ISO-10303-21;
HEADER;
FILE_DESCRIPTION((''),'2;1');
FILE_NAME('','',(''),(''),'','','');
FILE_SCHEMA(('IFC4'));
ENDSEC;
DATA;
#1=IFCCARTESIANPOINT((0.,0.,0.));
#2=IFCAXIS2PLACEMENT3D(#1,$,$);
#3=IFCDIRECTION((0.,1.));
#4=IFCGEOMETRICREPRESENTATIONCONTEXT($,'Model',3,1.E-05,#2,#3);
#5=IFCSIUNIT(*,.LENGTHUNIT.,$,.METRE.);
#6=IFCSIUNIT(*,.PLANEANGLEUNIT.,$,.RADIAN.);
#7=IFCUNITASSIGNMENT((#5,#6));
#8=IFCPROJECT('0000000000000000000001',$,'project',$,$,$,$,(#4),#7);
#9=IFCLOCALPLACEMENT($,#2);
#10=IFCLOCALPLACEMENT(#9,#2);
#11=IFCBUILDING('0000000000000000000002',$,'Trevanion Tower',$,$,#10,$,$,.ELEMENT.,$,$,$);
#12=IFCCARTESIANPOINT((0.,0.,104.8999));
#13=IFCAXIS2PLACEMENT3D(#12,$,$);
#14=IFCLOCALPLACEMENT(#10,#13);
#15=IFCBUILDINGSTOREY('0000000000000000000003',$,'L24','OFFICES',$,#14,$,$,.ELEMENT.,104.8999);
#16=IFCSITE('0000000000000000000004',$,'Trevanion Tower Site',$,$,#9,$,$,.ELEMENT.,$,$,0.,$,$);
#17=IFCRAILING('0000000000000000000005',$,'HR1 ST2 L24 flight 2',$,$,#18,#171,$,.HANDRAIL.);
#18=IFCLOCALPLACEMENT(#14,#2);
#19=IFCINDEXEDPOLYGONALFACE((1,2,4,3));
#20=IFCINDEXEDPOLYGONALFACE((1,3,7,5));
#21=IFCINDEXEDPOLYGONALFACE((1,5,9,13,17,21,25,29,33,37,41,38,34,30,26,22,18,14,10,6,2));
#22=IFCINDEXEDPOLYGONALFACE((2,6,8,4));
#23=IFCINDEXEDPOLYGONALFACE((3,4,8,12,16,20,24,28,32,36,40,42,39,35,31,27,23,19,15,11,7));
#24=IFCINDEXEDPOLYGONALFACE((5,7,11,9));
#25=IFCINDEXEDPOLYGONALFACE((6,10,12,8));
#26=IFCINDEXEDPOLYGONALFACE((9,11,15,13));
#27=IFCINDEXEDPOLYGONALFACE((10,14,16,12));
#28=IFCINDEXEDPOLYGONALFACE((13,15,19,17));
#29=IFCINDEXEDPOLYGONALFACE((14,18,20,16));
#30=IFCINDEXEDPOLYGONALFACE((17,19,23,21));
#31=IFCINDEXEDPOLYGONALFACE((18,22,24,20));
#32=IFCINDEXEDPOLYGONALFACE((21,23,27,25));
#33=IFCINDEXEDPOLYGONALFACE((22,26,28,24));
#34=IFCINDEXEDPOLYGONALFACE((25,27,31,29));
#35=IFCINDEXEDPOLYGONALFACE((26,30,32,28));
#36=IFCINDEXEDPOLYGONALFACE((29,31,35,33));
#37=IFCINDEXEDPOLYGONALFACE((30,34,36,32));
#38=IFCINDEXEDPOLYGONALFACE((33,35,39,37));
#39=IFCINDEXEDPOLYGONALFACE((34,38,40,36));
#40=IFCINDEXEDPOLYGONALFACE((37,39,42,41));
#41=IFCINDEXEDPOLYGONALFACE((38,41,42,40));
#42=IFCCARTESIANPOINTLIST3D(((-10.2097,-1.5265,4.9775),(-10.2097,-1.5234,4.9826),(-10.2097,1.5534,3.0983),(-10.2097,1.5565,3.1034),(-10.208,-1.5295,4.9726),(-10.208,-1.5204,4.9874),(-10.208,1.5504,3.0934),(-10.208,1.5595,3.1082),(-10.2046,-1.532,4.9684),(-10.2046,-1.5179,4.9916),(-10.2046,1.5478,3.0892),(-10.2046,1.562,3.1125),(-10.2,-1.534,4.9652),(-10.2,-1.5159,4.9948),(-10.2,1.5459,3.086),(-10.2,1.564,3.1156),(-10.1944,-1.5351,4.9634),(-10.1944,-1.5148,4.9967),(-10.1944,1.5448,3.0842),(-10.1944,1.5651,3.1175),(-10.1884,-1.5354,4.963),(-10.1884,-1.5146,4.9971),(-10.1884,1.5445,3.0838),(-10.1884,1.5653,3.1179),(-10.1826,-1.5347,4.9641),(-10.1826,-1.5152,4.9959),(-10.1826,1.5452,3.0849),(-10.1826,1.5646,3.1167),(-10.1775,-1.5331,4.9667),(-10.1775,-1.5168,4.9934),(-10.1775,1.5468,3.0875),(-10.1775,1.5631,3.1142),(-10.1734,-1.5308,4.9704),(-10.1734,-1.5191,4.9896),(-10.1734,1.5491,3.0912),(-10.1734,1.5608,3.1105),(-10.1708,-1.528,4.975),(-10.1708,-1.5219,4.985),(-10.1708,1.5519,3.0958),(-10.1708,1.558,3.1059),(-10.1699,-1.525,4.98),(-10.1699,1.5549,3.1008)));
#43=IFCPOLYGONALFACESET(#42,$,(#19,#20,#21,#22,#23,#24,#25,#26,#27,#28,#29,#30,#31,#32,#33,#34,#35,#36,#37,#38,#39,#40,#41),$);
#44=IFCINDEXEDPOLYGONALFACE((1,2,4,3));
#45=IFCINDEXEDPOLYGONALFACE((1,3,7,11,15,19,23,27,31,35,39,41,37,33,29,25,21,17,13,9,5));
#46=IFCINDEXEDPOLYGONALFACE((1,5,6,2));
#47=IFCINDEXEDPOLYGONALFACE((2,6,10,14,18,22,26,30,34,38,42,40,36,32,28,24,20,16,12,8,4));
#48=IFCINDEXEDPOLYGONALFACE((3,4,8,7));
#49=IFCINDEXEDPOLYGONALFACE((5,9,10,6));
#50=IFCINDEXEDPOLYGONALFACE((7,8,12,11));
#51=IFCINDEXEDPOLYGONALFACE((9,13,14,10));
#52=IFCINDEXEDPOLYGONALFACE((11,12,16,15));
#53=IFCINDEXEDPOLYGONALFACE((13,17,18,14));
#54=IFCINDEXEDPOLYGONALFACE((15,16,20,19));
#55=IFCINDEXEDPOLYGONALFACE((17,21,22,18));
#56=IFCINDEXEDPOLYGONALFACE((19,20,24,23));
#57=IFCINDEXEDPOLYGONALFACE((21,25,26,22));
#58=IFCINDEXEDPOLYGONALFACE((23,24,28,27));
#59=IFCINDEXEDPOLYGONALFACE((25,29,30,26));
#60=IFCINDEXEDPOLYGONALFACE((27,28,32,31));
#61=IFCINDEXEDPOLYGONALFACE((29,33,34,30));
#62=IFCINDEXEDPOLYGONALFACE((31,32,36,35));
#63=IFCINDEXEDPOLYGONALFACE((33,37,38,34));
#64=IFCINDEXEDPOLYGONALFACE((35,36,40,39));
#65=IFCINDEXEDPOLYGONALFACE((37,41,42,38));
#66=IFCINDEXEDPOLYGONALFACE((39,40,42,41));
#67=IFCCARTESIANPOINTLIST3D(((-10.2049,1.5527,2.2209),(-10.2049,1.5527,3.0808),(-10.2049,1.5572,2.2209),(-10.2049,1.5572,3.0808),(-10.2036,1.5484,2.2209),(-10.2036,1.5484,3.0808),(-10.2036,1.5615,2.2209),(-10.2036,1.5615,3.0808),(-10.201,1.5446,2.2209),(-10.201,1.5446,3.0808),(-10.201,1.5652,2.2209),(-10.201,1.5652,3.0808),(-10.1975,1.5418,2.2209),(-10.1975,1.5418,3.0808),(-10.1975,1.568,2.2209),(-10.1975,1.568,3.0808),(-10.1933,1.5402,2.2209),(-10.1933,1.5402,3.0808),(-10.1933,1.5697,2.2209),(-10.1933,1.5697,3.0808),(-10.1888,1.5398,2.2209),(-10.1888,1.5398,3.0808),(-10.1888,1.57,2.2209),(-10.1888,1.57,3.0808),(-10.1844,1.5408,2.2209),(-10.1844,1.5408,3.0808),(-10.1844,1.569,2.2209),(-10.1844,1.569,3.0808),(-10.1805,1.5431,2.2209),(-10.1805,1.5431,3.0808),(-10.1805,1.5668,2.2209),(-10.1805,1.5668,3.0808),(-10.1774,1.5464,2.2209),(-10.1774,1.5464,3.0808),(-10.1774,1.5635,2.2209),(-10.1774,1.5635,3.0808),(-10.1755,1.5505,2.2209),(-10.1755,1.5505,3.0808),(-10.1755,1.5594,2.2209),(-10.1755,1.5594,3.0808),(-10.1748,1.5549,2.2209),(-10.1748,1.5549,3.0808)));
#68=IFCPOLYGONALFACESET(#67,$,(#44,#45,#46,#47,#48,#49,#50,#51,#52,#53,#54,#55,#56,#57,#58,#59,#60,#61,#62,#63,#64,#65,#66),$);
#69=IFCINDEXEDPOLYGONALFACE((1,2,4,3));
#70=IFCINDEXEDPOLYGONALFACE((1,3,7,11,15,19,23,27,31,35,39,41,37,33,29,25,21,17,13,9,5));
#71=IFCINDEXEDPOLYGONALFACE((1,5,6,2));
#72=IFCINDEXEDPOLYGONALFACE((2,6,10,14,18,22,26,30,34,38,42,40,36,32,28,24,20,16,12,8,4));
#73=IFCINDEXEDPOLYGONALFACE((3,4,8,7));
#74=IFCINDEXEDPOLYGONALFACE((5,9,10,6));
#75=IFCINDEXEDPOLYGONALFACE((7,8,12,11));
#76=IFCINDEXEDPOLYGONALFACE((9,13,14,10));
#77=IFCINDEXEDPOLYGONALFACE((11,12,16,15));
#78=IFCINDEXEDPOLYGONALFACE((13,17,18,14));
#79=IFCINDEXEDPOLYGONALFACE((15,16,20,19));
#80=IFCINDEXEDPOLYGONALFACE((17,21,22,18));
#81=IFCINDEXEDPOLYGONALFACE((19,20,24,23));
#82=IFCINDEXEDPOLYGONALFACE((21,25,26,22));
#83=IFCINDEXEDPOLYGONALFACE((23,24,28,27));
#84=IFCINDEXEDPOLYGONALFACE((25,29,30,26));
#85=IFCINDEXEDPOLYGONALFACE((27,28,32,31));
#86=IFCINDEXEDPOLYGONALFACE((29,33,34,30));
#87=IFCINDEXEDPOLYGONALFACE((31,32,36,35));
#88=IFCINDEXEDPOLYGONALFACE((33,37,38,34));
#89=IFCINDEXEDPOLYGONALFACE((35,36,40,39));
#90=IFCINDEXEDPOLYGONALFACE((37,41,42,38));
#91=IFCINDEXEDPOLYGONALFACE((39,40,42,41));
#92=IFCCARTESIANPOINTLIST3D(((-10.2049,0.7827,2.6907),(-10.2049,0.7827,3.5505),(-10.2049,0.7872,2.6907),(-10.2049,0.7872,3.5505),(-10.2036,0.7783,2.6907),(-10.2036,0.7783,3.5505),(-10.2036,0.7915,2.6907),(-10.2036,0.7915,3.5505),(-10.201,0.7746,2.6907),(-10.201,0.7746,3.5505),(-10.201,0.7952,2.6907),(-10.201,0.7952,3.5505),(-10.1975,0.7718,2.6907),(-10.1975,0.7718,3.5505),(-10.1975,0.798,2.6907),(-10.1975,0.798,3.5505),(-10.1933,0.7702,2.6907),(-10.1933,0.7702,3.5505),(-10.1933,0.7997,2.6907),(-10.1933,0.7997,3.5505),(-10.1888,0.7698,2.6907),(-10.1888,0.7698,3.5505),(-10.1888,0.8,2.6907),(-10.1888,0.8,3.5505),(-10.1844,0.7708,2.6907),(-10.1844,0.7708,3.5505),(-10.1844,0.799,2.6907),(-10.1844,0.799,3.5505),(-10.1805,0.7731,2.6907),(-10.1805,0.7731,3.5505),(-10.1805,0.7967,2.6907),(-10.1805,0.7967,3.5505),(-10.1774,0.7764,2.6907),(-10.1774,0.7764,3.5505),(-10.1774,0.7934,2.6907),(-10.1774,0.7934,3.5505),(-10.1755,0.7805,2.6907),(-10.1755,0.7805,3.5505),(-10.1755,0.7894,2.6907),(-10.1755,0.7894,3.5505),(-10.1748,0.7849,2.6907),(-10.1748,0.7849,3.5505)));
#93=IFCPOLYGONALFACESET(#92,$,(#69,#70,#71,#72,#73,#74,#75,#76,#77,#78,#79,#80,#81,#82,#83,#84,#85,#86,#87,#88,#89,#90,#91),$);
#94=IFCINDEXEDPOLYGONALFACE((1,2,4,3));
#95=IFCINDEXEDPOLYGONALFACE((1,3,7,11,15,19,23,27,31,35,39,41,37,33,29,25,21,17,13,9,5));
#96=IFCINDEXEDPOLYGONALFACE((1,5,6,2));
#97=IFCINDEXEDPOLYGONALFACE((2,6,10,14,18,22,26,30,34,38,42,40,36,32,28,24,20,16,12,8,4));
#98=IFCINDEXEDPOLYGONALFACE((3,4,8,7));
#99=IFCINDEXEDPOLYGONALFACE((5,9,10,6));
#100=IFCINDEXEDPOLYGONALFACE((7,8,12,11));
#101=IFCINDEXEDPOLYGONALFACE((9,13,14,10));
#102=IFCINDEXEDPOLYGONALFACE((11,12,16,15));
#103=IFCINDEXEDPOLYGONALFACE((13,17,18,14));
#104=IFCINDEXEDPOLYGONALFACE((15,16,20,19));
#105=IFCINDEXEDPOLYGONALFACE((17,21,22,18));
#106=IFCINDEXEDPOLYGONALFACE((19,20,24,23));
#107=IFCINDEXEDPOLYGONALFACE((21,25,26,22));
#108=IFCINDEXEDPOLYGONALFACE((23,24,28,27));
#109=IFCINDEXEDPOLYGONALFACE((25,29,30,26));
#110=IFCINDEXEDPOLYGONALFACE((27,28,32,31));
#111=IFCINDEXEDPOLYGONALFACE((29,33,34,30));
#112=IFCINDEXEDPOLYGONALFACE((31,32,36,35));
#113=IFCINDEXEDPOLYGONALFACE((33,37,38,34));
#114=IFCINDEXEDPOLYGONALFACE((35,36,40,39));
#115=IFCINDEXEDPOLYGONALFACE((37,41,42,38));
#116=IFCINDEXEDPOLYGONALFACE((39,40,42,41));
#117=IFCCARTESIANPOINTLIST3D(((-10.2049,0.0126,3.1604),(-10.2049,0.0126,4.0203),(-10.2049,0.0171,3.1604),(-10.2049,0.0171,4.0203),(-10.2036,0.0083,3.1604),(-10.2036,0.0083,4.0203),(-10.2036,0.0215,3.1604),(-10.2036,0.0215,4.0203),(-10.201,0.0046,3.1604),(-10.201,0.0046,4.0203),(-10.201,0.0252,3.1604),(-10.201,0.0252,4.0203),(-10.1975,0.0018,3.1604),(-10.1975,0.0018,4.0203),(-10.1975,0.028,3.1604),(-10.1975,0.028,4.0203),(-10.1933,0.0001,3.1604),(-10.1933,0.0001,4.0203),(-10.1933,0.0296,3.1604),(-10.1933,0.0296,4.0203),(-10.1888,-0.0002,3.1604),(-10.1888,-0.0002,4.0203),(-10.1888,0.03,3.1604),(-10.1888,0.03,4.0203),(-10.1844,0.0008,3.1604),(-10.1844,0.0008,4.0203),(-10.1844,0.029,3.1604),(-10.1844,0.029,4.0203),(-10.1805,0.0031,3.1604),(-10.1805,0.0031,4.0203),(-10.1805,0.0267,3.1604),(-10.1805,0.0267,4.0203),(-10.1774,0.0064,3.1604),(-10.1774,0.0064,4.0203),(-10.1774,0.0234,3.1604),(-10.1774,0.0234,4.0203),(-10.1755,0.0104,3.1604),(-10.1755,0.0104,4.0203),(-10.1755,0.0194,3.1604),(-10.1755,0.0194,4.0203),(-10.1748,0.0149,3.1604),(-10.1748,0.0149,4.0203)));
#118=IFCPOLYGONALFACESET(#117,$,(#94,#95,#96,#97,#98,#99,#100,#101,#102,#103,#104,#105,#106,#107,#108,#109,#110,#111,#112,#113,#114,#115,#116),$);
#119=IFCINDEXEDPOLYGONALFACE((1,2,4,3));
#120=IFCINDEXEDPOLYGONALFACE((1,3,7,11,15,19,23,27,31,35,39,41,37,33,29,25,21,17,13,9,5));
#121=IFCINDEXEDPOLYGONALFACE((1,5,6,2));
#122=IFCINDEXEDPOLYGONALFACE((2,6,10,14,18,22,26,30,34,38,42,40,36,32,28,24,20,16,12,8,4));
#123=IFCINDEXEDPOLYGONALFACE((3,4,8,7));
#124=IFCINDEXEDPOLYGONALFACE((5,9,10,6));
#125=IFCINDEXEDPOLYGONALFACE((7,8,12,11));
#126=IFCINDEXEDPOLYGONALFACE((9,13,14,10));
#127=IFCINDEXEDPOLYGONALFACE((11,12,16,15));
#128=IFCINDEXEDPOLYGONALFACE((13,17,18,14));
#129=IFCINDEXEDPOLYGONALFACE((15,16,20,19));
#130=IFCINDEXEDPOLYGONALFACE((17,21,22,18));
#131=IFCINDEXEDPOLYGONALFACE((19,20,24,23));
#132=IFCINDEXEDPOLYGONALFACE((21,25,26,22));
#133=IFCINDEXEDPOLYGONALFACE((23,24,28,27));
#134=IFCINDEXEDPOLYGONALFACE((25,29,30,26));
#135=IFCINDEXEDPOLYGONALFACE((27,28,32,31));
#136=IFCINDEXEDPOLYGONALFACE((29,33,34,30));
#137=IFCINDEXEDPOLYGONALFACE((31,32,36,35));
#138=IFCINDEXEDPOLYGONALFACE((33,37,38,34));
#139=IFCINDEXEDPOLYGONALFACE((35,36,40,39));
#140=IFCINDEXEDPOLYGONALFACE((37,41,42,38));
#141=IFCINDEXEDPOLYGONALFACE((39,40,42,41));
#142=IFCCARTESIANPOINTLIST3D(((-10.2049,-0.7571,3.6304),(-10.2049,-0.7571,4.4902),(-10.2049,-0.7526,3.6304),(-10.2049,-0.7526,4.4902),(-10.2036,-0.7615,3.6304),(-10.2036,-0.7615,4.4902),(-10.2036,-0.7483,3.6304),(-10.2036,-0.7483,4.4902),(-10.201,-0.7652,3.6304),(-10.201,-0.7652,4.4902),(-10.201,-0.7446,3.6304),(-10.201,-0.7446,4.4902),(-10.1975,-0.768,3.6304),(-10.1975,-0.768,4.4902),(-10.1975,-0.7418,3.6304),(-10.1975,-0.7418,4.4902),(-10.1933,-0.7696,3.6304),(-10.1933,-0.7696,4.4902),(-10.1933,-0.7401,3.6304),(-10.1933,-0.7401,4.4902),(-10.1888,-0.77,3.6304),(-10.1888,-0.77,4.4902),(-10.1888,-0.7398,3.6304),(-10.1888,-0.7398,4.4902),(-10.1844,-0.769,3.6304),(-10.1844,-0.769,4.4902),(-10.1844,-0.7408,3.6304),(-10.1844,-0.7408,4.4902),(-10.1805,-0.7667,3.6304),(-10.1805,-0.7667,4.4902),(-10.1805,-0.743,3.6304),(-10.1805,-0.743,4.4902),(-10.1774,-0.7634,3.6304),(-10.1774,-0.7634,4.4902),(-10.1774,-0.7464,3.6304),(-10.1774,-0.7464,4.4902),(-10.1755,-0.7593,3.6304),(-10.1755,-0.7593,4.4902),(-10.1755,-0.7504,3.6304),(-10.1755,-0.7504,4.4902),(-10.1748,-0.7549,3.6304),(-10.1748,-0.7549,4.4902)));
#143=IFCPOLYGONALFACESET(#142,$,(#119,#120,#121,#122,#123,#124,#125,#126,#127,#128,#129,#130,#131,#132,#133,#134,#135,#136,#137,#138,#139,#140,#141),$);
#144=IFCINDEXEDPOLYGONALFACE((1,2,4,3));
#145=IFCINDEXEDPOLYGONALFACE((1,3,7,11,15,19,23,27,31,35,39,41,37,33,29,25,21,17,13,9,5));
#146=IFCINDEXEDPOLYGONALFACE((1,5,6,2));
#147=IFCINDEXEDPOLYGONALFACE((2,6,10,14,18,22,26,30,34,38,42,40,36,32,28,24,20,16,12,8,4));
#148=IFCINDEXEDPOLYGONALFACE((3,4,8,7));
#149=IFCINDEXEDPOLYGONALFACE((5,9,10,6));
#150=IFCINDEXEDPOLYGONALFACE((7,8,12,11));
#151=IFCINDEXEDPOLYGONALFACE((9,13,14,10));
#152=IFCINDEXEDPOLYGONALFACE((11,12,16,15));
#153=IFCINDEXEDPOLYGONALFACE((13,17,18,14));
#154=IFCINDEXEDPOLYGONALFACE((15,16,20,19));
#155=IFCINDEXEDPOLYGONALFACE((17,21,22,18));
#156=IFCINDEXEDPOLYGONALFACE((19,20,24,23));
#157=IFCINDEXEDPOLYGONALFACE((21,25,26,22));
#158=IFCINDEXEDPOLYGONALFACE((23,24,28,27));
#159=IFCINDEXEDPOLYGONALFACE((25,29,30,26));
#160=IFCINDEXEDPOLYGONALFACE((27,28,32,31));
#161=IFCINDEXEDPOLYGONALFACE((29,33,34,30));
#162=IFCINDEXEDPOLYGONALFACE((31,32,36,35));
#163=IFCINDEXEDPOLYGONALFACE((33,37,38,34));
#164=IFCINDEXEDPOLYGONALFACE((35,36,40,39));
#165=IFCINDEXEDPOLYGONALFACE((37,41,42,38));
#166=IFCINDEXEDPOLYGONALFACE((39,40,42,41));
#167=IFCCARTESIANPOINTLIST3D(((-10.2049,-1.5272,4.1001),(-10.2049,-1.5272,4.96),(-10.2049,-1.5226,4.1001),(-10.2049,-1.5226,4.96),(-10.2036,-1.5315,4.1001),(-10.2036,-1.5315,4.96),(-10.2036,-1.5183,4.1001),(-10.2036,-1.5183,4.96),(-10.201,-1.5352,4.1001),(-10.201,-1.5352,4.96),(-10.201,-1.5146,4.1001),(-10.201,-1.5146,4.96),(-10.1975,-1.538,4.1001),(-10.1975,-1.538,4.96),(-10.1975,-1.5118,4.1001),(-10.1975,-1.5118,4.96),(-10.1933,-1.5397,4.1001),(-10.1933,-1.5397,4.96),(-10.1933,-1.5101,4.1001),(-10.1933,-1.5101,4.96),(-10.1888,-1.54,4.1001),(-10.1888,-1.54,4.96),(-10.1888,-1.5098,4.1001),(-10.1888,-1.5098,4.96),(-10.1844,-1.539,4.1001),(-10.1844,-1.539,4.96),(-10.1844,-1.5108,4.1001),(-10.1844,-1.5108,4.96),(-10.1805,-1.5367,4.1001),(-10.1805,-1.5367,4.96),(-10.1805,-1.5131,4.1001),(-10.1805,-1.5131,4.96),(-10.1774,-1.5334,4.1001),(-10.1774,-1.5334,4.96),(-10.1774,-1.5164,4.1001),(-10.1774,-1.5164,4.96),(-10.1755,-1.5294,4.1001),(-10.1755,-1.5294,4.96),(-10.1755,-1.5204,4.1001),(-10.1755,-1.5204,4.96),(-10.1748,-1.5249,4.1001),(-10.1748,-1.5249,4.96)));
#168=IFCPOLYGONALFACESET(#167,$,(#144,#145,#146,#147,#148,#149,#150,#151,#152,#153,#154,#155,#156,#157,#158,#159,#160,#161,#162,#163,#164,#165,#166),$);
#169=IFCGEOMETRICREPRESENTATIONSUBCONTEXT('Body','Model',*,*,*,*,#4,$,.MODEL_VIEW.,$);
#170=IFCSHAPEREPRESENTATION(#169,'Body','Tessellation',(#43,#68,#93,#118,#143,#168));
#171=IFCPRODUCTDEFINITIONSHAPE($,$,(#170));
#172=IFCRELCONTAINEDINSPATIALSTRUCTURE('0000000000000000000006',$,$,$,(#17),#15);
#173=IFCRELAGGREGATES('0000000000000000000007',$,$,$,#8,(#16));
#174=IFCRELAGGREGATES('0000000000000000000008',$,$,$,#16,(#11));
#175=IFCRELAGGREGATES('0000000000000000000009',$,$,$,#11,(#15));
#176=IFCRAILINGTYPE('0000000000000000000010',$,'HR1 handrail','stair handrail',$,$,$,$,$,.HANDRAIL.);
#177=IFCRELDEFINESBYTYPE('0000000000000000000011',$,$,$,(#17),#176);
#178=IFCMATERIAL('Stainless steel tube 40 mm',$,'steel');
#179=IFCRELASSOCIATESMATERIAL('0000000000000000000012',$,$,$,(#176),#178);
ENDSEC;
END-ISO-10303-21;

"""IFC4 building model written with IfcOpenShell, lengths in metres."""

from ifc_helpers import new_model, si_unit, direction, frame, origin, origin_2d, place, context, subcontext, project, spatial, circle, extrude, material, type_object, element, save


model = new_model("IFC4")

# Units and contexts
model_context = context("Model", 3, precision=1e-05, world=origin(), true_north=direction((0.0, 1.0)))
body_context = subcontext(model_context, "Body", "Model", "MODEL_VIEW")
ifc_project = project(units=[si_unit("LENGTHUNIT", "METRE"), si_unit("PLANEANGLEUNIT", "RADIAN")], contexts=[model_context])

# Site, building, storey
site_placement = place(None, origin())
site = spatial("IfcSite", under=ifc_project, at=site_placement, Name="Trevanion Tower Site", CompositionType="ELEMENT", RefElevation=0.0)
building_placement = place(site_placement, origin())
building = spatial("IfcBuilding", under=site, at=building_placement, Name="Trevanion Tower", CompositionType="ELEMENT")
storey_placement = place(building_placement, frame((0.0, 0.0, 104.8999)))
storey = spatial("IfcBuildingStorey", under=building, at=storey_placement, Name="L24", Description="OFFICES", CompositionType="ELEMENT", Elevation=104.8999)

# Railing
ifc_material_1 = material(Name="Stainless steel tube 40 mm", Category="steel")
railing_type = type_object("IfcRailingType", Name="HR1 handrail", Description="stair handrail", PredefinedType="HANDRAIL", material=ifc_material_1)
for number, where, name in (
    (1, (-10.1899, 1.5549, 2.2209), "HR1 ST2 L24 flight 2"),
):
    element("IfcRailing", number, at=place(storey_placement, frame(where)), inside=storey, type_object=railing_type, Name=name, PredefinedType="HANDRAIL", context=body_context, shape_type="SweptSolid", body=[
        extrude(circle(Radius=0.02, at=origin_2d()), frame((0.0, 0.0, 0.8799), z_axis=(0.0, -0.853648, 0.52085), x_axis=(1.0, 0.0, 0.0)), (0.0, 0.0, 1.0), 3.6079),
        extrude(circle(Radius=0.0151, at=origin_2d()), origin(), (0.0, 0.0, 1.0), 0.8599),
        extrude(circle(Radius=0.0151, at=origin_2d()), frame((0.0, -0.77, 0.4697)), (0.0, 0.0, 1.0), 0.8599),
        extrude(circle(Radius=0.0151, at=origin_2d()), frame((0.0, -1.54, 0.9395)), (0.0, 0.0, 1.0), 0.8599),
        extrude(circle(Radius=0.0151, at=origin_2d()), frame((0.0, -2.3098, 1.4094)), (0.0, 0.0, 1.0), 0.8599),
        extrude(circle(Radius=0.0151, at=origin_2d()), frame((0.0, -3.0798, 1.8792)), (0.0, 0.0, 1.0), 0.8599),
    ])

save(model, "model.ifc")
